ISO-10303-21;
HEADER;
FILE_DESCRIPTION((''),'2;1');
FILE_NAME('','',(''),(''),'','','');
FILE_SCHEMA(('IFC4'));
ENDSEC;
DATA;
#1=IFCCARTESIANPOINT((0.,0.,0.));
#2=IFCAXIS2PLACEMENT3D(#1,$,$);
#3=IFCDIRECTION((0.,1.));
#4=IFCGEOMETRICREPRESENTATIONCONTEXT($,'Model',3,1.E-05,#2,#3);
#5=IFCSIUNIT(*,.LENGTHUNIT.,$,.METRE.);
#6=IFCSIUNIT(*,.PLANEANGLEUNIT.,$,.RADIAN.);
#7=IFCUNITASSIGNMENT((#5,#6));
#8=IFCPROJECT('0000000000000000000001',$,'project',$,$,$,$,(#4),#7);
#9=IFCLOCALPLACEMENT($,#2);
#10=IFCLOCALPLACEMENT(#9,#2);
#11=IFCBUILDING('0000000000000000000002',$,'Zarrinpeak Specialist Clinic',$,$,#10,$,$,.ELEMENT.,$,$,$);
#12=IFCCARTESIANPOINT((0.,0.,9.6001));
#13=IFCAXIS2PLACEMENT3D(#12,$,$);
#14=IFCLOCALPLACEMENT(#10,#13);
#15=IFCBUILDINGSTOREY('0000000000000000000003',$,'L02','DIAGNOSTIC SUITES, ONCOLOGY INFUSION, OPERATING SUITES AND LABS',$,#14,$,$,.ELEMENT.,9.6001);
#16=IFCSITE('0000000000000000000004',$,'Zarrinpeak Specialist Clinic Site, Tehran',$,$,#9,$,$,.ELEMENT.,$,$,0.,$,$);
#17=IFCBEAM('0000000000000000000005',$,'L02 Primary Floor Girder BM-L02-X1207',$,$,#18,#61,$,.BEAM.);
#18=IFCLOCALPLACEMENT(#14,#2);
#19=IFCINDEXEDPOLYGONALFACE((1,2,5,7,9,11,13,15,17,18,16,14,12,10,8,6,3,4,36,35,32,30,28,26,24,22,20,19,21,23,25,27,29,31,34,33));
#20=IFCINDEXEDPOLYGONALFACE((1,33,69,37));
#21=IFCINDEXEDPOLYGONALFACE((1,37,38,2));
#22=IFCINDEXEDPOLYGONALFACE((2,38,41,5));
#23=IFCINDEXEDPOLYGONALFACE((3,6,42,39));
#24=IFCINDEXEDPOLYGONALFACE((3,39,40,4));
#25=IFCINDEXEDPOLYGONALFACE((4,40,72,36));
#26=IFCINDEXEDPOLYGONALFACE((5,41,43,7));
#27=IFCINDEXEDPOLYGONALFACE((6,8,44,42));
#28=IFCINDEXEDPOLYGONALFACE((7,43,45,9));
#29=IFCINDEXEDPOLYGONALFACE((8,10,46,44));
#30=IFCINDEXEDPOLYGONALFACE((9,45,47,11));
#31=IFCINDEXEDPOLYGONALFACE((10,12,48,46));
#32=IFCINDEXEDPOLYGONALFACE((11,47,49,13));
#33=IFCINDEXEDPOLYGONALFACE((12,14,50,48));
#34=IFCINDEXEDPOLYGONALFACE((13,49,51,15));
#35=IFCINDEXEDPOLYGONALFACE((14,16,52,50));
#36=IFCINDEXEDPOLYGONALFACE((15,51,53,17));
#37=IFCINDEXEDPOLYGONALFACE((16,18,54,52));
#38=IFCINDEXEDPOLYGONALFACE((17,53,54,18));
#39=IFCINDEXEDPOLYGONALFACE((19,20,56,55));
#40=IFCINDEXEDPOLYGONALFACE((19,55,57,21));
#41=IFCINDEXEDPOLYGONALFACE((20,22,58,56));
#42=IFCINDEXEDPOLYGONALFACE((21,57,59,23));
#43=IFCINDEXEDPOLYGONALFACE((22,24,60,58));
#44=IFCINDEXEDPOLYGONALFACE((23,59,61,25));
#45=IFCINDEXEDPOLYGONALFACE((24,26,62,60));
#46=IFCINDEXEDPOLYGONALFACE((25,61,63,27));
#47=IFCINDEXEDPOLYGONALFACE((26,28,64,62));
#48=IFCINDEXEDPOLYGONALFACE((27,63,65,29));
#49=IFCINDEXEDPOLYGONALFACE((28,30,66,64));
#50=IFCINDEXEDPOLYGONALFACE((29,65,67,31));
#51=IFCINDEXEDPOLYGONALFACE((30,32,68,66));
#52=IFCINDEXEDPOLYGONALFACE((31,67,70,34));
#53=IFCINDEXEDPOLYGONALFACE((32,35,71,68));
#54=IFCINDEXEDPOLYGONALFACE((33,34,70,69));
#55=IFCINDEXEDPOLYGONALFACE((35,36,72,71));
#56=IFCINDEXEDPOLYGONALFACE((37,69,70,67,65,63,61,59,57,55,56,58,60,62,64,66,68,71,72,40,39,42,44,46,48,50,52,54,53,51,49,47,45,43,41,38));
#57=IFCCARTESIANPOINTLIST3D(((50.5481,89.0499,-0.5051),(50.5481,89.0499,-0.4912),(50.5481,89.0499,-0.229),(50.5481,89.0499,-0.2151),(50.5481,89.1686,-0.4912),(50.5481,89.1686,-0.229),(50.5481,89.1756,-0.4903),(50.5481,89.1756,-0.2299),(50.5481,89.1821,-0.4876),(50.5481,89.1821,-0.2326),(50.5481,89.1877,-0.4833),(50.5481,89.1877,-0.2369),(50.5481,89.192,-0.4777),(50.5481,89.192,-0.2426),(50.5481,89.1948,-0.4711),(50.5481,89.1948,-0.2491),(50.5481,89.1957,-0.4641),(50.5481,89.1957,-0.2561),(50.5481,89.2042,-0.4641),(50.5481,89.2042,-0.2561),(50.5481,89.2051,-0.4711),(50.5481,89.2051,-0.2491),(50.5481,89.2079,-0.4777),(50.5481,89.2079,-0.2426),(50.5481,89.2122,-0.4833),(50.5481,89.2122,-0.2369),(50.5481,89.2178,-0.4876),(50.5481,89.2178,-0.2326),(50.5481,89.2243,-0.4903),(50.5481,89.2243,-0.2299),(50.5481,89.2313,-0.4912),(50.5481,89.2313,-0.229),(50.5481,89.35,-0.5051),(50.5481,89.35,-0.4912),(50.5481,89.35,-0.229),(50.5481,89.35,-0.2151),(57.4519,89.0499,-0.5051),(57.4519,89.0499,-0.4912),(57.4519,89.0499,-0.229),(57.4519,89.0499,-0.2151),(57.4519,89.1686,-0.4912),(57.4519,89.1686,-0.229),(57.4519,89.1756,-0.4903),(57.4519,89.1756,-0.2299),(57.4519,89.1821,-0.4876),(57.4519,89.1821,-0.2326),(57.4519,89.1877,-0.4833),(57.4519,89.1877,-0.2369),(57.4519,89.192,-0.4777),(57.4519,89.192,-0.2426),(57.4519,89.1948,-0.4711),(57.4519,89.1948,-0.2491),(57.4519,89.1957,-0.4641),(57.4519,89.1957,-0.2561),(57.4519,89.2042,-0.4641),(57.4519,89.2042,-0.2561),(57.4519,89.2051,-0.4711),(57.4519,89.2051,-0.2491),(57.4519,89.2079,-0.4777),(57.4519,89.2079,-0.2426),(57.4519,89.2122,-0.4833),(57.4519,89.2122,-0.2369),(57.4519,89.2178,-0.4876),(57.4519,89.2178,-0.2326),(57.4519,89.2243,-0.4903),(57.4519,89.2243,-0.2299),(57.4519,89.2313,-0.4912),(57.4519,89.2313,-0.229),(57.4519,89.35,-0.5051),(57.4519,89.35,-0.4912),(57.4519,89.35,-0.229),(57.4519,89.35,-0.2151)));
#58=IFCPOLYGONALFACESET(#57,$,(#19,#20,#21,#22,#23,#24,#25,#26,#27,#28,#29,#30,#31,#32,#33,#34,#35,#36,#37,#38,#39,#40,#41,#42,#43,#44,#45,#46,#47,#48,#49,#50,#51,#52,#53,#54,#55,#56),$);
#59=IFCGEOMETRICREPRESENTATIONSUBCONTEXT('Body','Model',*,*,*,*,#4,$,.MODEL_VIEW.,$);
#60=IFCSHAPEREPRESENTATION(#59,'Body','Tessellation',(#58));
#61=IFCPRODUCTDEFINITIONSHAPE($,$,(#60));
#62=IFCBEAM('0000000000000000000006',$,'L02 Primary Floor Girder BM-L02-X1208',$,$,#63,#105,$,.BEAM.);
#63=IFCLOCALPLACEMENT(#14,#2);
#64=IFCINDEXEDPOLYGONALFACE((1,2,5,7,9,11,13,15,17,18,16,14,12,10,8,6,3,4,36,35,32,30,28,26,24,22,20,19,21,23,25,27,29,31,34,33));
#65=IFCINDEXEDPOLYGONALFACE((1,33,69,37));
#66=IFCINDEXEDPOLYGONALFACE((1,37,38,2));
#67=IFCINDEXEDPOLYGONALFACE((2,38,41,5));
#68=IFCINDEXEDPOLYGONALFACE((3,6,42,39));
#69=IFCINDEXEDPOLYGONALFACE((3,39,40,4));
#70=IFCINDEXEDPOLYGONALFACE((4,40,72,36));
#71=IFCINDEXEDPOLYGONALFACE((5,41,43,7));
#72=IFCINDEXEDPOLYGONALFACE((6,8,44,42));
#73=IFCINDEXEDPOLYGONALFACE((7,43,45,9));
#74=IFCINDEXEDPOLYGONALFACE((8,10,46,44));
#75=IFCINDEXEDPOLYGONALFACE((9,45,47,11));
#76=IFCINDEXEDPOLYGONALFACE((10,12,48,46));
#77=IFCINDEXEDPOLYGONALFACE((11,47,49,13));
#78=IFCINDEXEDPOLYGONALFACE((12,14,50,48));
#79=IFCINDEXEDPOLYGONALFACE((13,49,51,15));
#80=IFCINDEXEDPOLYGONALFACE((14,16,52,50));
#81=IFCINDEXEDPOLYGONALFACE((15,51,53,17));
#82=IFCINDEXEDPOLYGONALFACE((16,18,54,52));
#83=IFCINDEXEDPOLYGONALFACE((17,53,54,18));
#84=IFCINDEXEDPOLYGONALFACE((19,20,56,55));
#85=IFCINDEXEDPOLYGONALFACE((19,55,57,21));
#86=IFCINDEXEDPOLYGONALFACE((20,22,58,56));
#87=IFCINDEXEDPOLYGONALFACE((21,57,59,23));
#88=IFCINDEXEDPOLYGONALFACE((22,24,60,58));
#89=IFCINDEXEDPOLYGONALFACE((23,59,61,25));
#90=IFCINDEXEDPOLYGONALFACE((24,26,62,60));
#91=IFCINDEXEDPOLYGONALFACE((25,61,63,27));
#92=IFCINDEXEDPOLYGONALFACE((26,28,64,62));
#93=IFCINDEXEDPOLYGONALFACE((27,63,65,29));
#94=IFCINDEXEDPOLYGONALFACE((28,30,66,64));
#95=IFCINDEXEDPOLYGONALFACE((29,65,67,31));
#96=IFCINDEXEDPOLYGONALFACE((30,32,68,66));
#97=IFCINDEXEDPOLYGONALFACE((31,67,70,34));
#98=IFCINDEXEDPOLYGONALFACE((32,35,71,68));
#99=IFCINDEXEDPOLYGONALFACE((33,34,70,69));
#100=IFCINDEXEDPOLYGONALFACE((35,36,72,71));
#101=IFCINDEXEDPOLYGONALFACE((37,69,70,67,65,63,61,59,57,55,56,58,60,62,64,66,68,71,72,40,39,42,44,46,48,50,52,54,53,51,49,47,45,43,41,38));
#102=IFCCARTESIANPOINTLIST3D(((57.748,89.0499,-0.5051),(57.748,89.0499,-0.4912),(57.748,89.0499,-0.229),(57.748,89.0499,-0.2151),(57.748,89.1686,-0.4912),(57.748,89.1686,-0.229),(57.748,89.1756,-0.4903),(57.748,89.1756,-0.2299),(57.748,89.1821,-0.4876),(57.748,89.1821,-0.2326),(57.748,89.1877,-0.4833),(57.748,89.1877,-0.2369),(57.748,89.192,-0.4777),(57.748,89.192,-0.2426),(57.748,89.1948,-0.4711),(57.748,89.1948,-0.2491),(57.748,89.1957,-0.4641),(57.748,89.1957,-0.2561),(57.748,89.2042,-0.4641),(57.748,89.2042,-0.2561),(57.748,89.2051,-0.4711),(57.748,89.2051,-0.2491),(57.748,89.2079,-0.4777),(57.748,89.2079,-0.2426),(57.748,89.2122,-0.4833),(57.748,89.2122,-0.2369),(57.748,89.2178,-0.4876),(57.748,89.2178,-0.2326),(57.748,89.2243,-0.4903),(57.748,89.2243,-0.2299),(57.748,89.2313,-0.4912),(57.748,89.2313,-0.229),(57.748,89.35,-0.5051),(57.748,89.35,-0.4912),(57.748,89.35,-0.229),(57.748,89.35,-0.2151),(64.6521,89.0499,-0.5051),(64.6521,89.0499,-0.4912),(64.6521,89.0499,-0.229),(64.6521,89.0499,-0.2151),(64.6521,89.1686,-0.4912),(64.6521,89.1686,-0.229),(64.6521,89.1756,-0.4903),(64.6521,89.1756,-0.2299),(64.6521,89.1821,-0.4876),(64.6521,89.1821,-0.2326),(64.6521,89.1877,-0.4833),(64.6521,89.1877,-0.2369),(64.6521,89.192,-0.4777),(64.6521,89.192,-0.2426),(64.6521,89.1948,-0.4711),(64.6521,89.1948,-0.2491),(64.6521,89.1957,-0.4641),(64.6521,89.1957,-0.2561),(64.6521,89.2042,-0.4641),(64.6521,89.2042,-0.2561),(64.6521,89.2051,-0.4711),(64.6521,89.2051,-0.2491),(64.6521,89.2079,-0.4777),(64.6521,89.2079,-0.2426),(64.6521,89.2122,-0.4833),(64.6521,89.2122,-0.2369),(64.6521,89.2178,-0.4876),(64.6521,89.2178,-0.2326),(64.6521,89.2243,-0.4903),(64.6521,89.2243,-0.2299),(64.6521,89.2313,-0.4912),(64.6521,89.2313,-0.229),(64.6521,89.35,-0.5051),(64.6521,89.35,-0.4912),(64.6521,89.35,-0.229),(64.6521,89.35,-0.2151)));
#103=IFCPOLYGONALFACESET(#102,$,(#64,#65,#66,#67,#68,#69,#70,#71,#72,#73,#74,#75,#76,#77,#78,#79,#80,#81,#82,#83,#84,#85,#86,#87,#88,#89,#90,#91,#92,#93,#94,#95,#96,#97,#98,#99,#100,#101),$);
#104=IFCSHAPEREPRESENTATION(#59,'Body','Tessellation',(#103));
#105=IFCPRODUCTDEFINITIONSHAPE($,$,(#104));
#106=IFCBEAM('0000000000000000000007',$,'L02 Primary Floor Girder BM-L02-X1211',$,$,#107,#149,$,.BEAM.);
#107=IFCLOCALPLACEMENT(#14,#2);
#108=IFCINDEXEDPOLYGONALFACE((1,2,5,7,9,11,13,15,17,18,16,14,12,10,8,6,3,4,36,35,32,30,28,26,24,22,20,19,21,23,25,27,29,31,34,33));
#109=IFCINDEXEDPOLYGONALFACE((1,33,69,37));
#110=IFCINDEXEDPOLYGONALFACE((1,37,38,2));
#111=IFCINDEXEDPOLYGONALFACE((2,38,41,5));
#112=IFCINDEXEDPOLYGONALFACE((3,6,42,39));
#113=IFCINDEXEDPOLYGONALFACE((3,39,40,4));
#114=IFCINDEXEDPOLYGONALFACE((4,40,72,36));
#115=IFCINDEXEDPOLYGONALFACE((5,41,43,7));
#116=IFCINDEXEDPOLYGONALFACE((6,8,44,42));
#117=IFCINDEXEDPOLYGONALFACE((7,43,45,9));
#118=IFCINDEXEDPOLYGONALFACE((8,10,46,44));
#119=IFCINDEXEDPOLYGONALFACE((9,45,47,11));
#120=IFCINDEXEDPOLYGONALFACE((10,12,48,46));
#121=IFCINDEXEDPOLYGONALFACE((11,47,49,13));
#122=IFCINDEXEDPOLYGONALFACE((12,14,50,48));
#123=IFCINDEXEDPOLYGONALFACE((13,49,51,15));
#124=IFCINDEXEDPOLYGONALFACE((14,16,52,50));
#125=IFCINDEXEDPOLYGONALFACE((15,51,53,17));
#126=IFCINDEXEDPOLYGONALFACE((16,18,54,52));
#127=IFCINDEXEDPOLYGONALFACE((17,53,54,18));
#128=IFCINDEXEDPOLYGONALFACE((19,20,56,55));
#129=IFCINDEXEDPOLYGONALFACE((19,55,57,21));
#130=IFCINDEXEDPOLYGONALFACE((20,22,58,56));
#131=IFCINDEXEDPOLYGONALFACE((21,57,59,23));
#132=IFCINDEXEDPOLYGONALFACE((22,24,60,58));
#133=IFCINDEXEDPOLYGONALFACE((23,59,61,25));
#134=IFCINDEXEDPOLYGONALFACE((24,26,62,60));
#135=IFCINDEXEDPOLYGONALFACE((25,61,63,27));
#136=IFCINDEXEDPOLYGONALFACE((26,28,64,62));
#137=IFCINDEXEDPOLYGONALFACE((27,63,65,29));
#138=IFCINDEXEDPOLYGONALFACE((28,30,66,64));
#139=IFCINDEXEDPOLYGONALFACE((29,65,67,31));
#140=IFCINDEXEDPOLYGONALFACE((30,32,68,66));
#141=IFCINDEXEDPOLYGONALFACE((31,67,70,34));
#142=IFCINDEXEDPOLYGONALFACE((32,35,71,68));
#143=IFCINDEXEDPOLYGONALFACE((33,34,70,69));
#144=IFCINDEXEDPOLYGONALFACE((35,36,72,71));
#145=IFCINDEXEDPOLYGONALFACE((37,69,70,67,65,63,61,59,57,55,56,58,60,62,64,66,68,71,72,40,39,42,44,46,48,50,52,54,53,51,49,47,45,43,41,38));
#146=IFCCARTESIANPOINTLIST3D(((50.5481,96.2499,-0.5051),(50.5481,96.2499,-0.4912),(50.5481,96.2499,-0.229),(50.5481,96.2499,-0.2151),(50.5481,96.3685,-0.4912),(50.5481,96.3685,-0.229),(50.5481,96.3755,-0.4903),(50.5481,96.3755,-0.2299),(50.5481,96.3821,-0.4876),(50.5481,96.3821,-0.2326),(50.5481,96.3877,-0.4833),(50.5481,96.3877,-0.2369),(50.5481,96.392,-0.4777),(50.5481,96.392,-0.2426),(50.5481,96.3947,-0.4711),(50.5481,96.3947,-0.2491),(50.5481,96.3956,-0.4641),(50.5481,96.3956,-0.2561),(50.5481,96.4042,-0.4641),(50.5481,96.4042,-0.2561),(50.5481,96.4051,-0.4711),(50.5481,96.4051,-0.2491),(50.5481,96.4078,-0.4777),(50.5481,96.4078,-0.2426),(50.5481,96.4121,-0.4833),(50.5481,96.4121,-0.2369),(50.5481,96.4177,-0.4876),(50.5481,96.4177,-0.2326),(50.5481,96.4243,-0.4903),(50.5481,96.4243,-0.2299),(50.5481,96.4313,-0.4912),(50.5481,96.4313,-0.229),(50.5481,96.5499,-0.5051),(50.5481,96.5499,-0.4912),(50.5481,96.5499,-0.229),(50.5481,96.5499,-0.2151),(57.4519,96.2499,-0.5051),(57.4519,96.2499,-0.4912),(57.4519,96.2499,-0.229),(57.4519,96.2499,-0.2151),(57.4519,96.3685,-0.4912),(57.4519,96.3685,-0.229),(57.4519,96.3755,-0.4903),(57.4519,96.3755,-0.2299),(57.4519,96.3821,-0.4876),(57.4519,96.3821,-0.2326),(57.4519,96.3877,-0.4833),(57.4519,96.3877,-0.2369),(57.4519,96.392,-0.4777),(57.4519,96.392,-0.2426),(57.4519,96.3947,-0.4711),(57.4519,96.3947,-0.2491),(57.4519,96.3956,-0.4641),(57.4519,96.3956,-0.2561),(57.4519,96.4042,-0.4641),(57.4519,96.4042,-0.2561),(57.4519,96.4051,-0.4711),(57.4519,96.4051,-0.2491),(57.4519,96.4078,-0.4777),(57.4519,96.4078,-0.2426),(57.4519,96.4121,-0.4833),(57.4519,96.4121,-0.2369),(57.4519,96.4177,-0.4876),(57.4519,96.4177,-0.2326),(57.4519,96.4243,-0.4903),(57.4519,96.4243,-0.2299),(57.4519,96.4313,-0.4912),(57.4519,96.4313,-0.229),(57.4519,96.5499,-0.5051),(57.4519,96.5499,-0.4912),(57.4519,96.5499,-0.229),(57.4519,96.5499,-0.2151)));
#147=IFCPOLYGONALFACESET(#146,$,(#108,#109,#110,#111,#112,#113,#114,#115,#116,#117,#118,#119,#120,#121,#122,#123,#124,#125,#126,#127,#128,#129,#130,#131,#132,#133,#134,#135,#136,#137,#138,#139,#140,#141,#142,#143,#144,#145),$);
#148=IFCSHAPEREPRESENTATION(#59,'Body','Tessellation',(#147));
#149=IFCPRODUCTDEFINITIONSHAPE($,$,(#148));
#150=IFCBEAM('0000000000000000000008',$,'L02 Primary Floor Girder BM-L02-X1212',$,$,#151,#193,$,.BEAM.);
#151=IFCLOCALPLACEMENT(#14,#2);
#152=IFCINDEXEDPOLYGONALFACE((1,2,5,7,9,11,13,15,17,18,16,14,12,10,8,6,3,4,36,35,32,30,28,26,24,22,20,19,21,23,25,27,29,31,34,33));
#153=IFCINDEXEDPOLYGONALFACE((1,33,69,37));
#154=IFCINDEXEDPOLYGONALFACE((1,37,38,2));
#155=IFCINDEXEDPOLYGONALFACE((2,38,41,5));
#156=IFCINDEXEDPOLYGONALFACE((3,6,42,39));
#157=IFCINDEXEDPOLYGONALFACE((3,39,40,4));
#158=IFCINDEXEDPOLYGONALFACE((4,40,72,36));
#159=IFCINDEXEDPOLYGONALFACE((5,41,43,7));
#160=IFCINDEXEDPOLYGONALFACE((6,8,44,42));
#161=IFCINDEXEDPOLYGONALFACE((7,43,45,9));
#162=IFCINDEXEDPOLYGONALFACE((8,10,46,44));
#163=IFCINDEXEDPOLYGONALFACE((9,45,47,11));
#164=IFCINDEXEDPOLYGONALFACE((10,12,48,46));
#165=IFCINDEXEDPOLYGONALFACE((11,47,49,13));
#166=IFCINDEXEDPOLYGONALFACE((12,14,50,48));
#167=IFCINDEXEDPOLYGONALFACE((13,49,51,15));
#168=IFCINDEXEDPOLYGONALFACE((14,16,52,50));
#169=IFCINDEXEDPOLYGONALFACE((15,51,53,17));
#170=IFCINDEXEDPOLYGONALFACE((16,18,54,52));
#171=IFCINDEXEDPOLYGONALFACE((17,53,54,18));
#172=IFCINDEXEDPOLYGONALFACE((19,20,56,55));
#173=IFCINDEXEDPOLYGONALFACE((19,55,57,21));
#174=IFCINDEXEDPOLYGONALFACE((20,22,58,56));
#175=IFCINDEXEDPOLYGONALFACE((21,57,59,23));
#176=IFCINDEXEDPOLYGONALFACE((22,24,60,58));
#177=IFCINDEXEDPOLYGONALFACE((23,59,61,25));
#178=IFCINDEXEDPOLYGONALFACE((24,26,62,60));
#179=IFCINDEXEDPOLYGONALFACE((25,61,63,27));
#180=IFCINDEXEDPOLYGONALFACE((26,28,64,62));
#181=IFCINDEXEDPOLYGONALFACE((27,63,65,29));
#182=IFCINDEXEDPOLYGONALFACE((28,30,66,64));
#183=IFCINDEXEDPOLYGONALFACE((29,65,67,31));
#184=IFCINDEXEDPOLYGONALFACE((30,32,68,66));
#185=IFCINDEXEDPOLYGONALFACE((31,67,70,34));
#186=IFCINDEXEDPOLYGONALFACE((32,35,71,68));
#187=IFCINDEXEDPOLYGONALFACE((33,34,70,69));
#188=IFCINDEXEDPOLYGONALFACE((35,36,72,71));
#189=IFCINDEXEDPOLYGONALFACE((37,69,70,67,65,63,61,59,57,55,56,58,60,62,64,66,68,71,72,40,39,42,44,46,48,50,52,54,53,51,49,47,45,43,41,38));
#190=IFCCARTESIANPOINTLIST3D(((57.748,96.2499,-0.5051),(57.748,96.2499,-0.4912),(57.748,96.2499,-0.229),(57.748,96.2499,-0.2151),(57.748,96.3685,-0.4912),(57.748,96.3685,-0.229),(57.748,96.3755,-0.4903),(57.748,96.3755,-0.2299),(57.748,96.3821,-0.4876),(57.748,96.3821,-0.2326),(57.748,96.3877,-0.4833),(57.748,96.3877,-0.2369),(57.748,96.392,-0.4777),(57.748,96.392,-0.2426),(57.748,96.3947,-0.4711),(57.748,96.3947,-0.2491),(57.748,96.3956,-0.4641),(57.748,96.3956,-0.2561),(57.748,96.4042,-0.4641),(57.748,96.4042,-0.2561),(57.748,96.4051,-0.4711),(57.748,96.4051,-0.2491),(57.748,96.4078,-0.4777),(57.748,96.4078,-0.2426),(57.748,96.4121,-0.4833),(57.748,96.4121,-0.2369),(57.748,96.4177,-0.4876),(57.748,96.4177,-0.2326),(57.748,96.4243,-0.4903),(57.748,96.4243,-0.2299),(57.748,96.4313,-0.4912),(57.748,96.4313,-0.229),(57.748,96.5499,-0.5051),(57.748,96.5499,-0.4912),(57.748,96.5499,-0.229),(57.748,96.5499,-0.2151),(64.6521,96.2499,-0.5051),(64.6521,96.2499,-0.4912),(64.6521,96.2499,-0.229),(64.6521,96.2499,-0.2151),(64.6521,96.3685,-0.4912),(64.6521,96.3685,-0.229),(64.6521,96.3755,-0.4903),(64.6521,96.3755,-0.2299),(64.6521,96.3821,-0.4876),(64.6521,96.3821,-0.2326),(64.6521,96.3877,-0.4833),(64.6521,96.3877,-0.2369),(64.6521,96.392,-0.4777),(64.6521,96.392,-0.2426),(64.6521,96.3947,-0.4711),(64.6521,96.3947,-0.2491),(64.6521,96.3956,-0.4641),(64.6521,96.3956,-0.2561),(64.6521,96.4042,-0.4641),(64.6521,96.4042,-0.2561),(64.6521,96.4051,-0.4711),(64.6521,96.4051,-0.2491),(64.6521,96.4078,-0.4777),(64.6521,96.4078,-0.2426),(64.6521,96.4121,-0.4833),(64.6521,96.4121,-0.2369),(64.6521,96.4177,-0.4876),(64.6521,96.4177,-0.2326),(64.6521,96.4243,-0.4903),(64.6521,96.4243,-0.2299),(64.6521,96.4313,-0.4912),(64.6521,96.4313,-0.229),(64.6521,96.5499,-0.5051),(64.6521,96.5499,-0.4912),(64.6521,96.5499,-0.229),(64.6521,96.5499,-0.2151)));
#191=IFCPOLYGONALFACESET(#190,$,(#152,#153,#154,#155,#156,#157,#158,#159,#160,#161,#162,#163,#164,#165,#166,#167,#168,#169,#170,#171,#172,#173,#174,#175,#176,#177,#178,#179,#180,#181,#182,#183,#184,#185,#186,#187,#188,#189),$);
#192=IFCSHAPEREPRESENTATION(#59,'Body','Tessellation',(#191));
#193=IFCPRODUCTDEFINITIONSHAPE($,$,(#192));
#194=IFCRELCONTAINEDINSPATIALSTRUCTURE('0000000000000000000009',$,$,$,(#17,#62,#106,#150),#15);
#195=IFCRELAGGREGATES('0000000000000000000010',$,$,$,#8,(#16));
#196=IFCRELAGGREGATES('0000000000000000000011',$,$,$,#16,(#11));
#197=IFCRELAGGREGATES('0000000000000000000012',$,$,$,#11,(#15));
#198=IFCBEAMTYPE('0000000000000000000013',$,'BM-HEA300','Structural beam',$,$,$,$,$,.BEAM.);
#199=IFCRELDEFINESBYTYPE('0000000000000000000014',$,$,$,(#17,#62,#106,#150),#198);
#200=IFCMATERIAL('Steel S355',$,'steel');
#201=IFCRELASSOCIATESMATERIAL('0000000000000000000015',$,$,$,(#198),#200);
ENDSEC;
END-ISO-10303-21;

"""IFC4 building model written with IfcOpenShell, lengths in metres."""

from ifc_helpers import new_model, si_unit, direction, frame, origin, origin_2d, place, context, subcontext, project, spatial, i_section, extrude, material, material_profile, profile_set, type_object, element, save


model = new_model("IFC4")

# Units and contexts
model_context = context("Model", 3, precision=1e-05, world=origin(), true_north=direction((0.0, 1.0)))
body_context = subcontext(model_context, "Body", "Model", "MODEL_VIEW")
ifc_project = project(units=[si_unit("LENGTHUNIT", "METRE"), si_unit("PLANEANGLEUNIT", "RADIAN")], contexts=[model_context])

# Site, building, storey
site_placement = place(None, origin())
site = spatial("IfcSite", under=ifc_project, at=site_placement, Name="Zarrinpeak Specialist Clinic Site, Tehran", CompositionType="ELEMENT", RefElevation=0.0)
building_placement = place(site_placement, origin())
building = spatial("IfcBuilding", under=site, at=building_placement, Name="Zarrinpeak Specialist Clinic", CompositionType="ELEMENT")
storey_placement = place(building_placement, frame((0.0, 0.0, 9.6001)))
storey = spatial("IfcBuildingStorey", under=building, at=storey_placement, Name="L02", Description="DIAGNOSTIC SUITES, ONCOLOGY INFUSION, OPERATING SUITES AND LABS", CompositionType="ELEMENT", Elevation=9.6001)

# Shared definitions
ifc_material_1 = material(Name="Steel S355", Category="steel")

# Beams
ifc_material_profile_1 = material_profile(ifc_material_1, i_section(OverallWidth=0.3, OverallDepth=0.29, WebThickness=0.0085, FlangeThickness=0.0139, FilletRadius=0.0271, at=origin_2d()), Name="HEA 300")
ifc_profile_set_1 = profile_set([ifc_material_profile_1], Name="Steel S355")
beam_type_1 = type_object("IfcBeamType", Name="BM-HEA300", Description="Structural beam", PredefinedType="BEAM", material=ifc_profile_set_1)
beam_1_placement = place(storey_placement, frame((50.5481, 89.2, -0.3601), z_axis=(1.0, 0.0, 0.0), x_axis=(0.0, 1.0, 0.0)))
element("IfcBeam", 1, at=beam_1_placement, inside=storey, type_object=beam_type_1, Name="L02 Primary Floor Girder BM-L02-X1207", PredefinedType="BEAM", context=body_context, shape_type="SweptSolid", body=[
    extrude(i_section(OverallWidth=0.3, OverallDepth=0.29, WebThickness=0.0085, FlangeThickness=0.0139, FilletRadius=0.0271, at=origin_2d()), origin(), (0.0, 0.0, 1.0), 6.9038),
])
beam_2_placement = place(storey_placement, frame((57.748, 89.2, -0.3601), z_axis=(1.0, 0.0, 0.0), x_axis=(0.0, 1.0, 0.0)))
element("IfcBeam", 2, at=beam_2_placement, inside=storey, type_object=beam_type_1, Name="L02 Primary Floor Girder BM-L02-X1208", PredefinedType="BEAM", context=body_context, shape_type="SweptSolid", body=[
    extrude(i_section(OverallWidth=0.3, OverallDepth=0.29, WebThickness=0.0085, FlangeThickness=0.0139, FilletRadius=0.0271, at=origin_2d()), origin(), (0.0, 0.0, 1.0), 6.9041),
])
beam_3_placement = place(storey_placement, frame((50.5481, 96.3999, -0.3601), z_axis=(1.0, 0.0, 0.0), x_axis=(0.0, 1.0, 0.0)))
element("IfcBeam", 3, at=beam_3_placement, inside=storey, type_object=beam_type_1, Name="L02 Primary Floor Girder BM-L02-X1211", PredefinedType="BEAM", context=body_context, shape_type="SweptSolid", body=[
    extrude(i_section(OverallWidth=0.3, OverallDepth=0.29, WebThickness=0.0085, FlangeThickness=0.0139, FilletRadius=0.0271, at=origin_2d()), origin(), (0.0, 0.0, 1.0), 6.9038),
])
beam_4_placement = place(storey_placement, frame((57.748, 96.3999, -0.3601), z_axis=(1.0, 0.0, 0.0), x_axis=(0.0, 1.0, 0.0)))
element("IfcBeam", 4, at=beam_4_placement, inside=storey, type_object=beam_type_1, Name="L02 Primary Floor Girder BM-L02-X1212", PredefinedType="BEAM", context=body_context, shape_type="SweptSolid", body=[
    extrude(i_section(OverallWidth=0.3, OverallDepth=0.29, WebThickness=0.0085, FlangeThickness=0.0139, FilletRadius=0.0271, at=origin_2d()), origin(), (0.0, 0.0, 1.0), 6.9041),
])

save(model, "model.ifc")
